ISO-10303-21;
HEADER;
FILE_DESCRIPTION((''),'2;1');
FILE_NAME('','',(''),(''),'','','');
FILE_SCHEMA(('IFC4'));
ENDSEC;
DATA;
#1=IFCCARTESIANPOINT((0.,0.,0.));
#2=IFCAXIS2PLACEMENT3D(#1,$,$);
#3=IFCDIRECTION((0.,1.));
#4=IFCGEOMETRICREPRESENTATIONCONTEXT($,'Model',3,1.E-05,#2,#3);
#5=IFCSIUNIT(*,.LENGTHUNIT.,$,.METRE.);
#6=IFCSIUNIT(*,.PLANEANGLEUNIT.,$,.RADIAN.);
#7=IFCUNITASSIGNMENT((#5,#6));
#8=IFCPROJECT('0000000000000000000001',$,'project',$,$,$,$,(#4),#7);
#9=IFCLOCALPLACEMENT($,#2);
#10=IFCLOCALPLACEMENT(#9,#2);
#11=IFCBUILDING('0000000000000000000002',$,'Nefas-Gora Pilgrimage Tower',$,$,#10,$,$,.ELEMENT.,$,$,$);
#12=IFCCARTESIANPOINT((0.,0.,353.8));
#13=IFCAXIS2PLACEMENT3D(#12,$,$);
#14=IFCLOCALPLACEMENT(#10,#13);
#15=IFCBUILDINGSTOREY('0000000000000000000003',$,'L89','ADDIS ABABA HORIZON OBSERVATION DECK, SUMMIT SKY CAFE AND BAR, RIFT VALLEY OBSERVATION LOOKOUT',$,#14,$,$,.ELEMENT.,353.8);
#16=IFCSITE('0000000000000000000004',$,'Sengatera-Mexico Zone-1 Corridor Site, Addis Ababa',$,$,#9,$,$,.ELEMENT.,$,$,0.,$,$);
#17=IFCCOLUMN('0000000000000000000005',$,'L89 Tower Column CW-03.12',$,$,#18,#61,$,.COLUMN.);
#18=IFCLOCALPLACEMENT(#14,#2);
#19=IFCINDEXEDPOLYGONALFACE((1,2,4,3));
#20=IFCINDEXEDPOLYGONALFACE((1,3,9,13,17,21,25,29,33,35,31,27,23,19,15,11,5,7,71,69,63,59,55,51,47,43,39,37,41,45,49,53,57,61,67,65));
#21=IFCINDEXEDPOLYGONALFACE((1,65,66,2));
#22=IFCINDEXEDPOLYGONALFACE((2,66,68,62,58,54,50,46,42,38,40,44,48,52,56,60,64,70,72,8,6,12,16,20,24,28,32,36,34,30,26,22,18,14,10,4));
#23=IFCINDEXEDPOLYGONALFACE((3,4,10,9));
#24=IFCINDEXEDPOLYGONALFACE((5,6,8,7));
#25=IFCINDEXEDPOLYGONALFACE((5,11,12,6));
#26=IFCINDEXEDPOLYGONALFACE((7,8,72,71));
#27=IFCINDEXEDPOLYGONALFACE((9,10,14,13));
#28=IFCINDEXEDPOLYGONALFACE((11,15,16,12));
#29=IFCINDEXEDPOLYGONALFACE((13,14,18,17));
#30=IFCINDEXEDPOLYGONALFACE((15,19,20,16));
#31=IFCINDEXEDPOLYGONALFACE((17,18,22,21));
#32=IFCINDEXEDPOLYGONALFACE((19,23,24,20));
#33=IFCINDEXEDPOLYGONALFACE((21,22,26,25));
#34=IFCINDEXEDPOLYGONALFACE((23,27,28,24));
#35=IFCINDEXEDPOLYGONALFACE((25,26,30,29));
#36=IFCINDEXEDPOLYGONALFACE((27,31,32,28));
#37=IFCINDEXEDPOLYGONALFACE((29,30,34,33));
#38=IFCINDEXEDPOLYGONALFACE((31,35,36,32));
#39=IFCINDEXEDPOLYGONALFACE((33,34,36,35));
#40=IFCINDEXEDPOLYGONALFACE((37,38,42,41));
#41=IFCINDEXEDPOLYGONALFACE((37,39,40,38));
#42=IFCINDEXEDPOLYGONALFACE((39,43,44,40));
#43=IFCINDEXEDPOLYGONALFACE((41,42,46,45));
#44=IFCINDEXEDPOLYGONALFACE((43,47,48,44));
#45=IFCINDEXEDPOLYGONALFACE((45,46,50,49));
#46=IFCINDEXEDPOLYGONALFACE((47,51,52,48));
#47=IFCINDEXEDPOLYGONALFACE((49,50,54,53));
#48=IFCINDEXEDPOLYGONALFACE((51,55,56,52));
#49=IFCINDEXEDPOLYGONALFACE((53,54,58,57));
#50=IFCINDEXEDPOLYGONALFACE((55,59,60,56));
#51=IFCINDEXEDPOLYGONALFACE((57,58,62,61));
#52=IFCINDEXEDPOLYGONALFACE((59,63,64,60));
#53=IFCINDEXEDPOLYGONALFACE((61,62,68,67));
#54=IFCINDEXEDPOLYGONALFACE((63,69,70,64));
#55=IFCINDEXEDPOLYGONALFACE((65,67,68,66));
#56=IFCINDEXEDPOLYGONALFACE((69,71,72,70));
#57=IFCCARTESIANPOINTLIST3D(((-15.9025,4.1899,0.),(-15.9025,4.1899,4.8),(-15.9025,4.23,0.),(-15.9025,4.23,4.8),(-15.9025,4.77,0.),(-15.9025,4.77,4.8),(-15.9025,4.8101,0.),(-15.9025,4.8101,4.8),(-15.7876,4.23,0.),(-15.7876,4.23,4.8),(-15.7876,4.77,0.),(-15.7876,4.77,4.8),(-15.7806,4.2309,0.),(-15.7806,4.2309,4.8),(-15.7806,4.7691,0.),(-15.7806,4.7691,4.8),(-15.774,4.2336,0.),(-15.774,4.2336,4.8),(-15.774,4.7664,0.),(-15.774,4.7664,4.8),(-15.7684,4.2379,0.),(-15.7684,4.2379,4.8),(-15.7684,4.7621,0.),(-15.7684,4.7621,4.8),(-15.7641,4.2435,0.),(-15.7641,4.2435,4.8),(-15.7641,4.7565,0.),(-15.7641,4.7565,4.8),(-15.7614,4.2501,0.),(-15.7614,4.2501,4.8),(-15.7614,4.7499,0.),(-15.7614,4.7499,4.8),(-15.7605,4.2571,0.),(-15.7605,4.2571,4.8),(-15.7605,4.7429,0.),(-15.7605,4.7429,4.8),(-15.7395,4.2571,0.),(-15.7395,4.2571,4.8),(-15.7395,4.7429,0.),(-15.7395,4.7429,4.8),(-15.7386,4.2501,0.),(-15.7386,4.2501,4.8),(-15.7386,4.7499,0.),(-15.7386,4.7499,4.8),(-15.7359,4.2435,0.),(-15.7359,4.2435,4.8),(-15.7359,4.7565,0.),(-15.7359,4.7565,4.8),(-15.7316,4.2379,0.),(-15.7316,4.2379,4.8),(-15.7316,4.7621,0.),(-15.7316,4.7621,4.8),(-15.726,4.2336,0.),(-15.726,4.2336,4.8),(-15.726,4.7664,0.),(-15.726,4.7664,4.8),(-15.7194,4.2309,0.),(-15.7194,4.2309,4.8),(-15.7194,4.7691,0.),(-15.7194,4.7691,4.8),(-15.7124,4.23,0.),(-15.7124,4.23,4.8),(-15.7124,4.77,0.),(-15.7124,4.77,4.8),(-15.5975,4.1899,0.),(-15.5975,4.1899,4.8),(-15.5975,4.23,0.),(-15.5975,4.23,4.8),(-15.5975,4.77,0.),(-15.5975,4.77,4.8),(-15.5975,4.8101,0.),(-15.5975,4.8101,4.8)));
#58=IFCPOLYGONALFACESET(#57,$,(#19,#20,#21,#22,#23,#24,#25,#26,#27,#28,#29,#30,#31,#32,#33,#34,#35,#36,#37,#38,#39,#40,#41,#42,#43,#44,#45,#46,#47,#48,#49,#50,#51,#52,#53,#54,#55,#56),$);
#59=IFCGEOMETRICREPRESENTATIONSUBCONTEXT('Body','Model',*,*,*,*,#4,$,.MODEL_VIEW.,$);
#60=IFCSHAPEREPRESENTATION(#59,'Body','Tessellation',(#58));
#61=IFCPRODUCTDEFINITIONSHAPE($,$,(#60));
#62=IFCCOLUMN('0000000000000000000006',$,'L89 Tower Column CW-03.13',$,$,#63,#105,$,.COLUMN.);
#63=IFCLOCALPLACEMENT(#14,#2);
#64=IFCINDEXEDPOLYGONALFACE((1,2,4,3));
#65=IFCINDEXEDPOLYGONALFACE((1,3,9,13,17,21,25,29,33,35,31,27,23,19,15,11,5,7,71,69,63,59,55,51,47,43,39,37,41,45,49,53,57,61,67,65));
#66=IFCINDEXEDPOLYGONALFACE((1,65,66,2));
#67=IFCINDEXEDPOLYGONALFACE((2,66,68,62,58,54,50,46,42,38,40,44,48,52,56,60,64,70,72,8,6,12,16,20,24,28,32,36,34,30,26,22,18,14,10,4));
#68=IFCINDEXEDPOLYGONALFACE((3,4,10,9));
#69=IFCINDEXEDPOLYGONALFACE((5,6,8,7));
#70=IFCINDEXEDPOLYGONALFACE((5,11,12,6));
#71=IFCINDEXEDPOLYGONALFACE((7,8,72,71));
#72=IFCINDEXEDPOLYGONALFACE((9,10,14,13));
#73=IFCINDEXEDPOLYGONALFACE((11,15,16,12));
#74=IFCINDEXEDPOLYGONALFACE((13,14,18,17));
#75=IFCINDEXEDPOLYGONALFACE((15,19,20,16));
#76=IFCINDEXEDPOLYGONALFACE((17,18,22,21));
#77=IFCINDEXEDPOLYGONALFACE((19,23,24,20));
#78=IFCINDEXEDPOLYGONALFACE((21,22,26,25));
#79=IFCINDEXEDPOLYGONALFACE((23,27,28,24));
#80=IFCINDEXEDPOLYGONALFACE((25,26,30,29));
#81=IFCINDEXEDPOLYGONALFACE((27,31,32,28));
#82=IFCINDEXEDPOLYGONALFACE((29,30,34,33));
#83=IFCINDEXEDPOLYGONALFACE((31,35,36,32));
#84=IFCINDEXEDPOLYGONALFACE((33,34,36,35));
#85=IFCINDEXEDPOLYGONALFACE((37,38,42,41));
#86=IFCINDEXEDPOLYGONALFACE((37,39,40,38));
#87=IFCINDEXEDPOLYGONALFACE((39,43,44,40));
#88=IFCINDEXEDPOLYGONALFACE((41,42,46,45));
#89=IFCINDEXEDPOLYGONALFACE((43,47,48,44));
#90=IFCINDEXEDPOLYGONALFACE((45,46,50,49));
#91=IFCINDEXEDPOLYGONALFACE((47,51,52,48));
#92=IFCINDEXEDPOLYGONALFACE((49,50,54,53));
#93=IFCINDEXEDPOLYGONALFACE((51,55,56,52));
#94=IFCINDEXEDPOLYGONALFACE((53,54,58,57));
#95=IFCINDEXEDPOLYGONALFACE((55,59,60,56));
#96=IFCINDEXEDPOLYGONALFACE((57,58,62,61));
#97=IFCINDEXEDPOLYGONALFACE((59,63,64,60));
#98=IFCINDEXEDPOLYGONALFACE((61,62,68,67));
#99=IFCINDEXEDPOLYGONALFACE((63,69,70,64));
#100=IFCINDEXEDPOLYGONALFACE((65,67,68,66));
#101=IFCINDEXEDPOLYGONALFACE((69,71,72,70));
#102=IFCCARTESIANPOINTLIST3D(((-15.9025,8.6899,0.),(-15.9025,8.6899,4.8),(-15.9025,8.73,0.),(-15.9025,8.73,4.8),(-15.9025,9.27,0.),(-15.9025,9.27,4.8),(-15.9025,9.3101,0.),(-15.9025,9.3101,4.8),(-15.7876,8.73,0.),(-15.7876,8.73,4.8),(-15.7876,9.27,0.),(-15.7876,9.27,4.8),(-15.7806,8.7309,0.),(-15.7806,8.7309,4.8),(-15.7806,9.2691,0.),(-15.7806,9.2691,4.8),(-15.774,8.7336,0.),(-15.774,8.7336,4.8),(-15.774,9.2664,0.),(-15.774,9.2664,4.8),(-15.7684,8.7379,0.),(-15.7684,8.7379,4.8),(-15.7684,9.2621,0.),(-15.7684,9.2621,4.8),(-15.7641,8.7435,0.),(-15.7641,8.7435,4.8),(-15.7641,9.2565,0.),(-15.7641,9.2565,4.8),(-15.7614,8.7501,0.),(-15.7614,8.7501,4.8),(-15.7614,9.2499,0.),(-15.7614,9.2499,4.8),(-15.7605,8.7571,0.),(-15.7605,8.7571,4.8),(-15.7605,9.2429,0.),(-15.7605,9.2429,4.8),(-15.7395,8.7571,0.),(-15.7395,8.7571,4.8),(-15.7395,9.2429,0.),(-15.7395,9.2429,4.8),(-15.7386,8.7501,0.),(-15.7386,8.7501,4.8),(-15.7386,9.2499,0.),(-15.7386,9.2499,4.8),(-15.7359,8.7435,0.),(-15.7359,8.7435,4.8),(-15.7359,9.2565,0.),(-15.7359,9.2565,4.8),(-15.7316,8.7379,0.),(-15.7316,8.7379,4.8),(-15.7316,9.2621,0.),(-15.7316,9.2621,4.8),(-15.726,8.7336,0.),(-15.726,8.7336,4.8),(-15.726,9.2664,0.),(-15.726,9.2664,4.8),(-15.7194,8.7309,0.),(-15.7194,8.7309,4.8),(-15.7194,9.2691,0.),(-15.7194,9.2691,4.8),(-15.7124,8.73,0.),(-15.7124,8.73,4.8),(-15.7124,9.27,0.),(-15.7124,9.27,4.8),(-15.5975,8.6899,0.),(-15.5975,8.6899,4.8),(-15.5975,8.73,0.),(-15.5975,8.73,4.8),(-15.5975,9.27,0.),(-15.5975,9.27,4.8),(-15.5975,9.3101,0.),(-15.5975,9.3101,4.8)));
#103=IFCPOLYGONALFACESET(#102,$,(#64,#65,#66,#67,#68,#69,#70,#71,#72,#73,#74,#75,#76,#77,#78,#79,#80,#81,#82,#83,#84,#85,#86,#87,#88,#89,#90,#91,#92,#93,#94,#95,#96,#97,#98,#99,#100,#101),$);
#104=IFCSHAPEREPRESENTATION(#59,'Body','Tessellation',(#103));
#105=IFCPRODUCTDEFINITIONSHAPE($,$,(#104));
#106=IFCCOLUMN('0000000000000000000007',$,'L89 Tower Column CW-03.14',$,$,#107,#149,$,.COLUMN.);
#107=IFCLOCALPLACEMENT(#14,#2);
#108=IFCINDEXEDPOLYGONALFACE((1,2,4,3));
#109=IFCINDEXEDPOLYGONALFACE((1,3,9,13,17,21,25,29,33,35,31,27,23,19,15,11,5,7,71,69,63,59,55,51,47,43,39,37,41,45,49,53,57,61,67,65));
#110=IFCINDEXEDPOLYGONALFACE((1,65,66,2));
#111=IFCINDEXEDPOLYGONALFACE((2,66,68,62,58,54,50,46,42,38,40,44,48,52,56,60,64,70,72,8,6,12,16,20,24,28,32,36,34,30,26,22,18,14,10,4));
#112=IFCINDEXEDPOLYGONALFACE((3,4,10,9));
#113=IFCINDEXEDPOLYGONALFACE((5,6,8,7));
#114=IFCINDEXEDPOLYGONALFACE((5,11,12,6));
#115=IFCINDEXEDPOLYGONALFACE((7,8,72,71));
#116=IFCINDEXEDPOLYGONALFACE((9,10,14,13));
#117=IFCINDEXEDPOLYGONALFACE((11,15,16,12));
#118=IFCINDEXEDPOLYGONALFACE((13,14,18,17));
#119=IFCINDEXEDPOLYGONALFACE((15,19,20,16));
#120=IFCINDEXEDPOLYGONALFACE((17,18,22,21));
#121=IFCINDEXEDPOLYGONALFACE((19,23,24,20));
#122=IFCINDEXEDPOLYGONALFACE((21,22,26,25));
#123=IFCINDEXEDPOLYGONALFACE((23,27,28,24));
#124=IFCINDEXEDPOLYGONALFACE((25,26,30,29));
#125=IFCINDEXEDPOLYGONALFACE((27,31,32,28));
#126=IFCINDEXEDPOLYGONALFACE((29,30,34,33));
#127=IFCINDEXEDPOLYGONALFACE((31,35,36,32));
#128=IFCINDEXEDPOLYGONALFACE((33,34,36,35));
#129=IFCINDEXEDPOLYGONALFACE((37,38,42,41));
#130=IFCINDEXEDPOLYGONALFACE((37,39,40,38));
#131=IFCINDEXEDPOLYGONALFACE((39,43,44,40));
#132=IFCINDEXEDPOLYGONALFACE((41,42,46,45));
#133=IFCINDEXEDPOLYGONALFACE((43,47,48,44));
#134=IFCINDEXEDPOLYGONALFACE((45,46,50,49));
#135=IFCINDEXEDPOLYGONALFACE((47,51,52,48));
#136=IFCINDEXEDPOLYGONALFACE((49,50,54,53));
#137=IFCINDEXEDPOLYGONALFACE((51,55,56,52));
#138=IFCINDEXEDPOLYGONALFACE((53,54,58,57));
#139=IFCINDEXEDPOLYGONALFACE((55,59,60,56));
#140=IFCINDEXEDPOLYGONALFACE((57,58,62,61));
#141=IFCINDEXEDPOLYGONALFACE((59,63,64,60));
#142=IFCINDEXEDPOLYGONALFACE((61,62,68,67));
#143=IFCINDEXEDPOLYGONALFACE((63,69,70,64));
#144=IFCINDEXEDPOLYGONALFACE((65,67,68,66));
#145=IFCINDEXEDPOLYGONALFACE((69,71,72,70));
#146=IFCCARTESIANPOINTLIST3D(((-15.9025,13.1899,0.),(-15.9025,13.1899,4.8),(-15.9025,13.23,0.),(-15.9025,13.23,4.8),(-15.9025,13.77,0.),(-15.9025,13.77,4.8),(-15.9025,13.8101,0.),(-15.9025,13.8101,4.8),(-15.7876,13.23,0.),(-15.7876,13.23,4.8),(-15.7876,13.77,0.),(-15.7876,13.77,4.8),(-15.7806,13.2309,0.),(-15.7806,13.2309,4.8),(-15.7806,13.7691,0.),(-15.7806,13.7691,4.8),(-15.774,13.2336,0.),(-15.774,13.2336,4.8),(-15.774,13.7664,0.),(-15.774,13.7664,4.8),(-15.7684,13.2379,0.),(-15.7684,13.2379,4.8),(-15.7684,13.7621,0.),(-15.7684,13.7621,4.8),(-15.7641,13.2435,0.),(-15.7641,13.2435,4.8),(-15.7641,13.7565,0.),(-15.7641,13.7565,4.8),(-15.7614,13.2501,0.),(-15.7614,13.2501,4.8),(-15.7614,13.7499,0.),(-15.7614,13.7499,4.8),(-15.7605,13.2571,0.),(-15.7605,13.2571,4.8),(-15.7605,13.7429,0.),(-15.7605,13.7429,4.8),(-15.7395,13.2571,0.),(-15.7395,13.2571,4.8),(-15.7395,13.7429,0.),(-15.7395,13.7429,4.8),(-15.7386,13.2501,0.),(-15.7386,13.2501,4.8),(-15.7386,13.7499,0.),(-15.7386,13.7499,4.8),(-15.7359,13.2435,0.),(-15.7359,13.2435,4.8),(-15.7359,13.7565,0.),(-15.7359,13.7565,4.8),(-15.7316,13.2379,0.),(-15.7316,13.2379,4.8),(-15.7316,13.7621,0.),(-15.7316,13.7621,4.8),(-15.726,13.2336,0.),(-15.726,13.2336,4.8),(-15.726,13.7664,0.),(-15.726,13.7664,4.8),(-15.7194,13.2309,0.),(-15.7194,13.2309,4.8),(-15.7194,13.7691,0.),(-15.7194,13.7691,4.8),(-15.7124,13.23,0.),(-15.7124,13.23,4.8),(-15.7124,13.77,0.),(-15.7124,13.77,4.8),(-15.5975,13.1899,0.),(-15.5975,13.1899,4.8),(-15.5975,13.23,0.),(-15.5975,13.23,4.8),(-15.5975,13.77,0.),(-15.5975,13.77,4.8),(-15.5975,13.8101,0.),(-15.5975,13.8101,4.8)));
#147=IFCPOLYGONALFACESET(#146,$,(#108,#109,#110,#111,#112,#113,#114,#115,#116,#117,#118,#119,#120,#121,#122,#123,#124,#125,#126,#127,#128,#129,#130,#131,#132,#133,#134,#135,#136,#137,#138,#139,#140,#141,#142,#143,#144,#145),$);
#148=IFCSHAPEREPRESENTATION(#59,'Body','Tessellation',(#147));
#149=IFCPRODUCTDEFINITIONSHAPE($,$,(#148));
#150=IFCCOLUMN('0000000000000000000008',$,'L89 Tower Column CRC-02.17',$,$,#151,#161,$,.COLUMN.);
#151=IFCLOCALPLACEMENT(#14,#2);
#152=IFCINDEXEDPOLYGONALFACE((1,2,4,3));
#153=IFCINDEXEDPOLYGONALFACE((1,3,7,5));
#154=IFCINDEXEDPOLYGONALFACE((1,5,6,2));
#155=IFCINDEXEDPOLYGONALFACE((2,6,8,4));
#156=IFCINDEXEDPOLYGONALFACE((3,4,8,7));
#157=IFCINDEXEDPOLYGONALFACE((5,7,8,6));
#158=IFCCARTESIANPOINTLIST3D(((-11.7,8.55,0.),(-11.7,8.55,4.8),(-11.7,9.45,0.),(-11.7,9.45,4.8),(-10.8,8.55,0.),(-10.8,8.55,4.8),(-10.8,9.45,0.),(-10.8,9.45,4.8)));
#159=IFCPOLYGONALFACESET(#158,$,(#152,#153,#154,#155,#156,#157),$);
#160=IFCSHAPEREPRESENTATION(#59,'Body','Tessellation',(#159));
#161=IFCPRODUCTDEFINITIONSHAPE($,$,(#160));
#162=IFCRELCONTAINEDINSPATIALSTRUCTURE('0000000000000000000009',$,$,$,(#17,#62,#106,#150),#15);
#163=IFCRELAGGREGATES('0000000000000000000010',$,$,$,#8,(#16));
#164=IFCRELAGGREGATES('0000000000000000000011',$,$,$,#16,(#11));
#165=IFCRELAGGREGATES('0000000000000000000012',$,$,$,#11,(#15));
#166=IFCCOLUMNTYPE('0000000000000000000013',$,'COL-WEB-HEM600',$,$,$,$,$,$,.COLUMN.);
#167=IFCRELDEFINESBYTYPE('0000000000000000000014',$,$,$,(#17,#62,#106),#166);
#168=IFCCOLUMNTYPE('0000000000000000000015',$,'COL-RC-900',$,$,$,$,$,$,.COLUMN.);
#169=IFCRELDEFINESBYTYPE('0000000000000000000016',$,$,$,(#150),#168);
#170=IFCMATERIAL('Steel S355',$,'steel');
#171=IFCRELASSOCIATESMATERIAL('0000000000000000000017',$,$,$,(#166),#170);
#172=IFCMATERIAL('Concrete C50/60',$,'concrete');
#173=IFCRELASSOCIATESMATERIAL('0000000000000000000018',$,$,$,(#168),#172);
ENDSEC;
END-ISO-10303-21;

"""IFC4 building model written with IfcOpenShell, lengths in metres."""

from ifc_helpers import new_model, si_unit, direction, frame, origin, origin_2d, place, context, subcontext, project, spatial, rectangle, i_section, extrude, source, transform, mapped, material, material_profile, profile_set, type_object, element, save


model = new_model("IFC4")

# Units and contexts
model_context = context("Model", 3, precision=1e-05, world=origin(), true_north=direction((0.0, 1.0)))
body_context = subcontext(model_context, "Body", "Model", "MODEL_VIEW")
ifc_project = project(units=[si_unit("LENGTHUNIT", "METRE"), si_unit("PLANEANGLEUNIT", "RADIAN")], contexts=[model_context])

# Site, building, storey
site_placement = place(None, origin())
site = spatial("IfcSite", under=ifc_project, at=site_placement, Name="Sengatera-Mexico Zone-1 Corridor Site, Addis Ababa", CompositionType="ELEMENT", RefElevation=0.0)
building_placement = place(site_placement, origin())
building = spatial("IfcBuilding", under=site, at=building_placement, Name="Nefas-Gora Pilgrimage Tower", CompositionType="ELEMENT")
storey_placement = place(building_placement, frame((0.0, 0.0, 353.8)))
storey = spatial("IfcBuildingStorey", under=building, at=storey_placement, Name="L89", Description="ADDIS ABABA HORIZON OBSERVATION DECK, SUMMIT SKY CAFE AND BAR, RIFT VALLEY OBSERVATION LOOKOUT", CompositionType="ELEMENT", Elevation=353.8)

# Columns
ifc_material_1 = material(Name="Steel S355", Category="steel")
ifc_material_profile_1 = material_profile(ifc_material_1, i_section(OverallWidth=0.3049, OverallDepth=0.6201, WebThickness=0.021, FlangeThickness=0.04, FilletRadius=0.0271, at=origin_2d()), Name="HEM 600")
ifc_profile_set_1 = profile_set([ifc_material_profile_1], Name="Steel S355")
column_type_1 = type_object("IfcColumnType", Name="COL-WEB-HEM600", PredefinedType="COLUMN", material=ifc_profile_set_1)
shared_shape_1 = source(origin(), body_context, "Body", "SweptSolid", [
    extrude(i_section(OverallWidth=0.3049, OverallDepth=0.6201, WebThickness=0.021, FlangeThickness=0.04, FilletRadius=0.0271, at=origin_2d()), origin(), (0.0, 0.0, 1.0), 4.8),
])
for number, where, z_axis, x_axis, name in (
    (1, (-15.75, 4.5, 0.0), (0.0, 0.0, 1.0), (1.0, 0.0, 0.0), "L89 Tower Column CW-03.12"),
    (2, (-15.75, 9.0, 0.0), (0.0, 0.0, 1.0), (1.0, 0.0, 0.0), "L89 Tower Column CW-03.13"),
    (3, (-15.75, 13.5, 0.0), (0.0, 0.0, 1.0), (1.0, 0.0, 0.0), "L89 Tower Column CW-03.14"),
):
    element("IfcColumn", number, at=place(storey_placement, frame(where, z_axis=z_axis, x_axis=x_axis)), inside=storey, type_object=column_type_1, Name=name, PredefinedType="COLUMN", context=body_context, shape_type="MappedRepresentation", body=[
        mapped(shared_shape_1, transform((0.0, 0.0, 0.0), x_axis=(1.0, 0.0, 0.0), y_axis=(0.0, 1.0, 0.0), z_axis=(0.0, 0.0, 1.0), scale=1.0)),
    ])
ifc_material_2 = material(Name="Concrete C50/60", Category="concrete")
ifc_material_profile_2 = material_profile(ifc_material_2, rectangle(XDim=0.8999, YDim=0.8999, at=origin_2d()), Name="RC 900x900")
ifc_profile_set_2 = profile_set([ifc_material_profile_2], Name="Concrete C50/60")
column_type_2 = type_object("IfcColumnType", Name="COL-RC-900", PredefinedType="COLUMN", material=ifc_profile_set_2)
shared_shape_2 = source(origin(), body_context, "Body", "SweptSolid", [
    extrude(rectangle(XDim=0.8999, YDim=0.8999, at=origin_2d()), origin(), (0.0, 0.0, 1.0), 4.8),
])
column_placement = place(storey_placement, frame((-11.25, 9.0, 0.0), z_axis=(0.0, 0.0, 1.0), x_axis=(1.0, 0.0, 0.0)))
element("IfcColumn", 4, at=column_placement, inside=storey, type_object=column_type_2, Name="L89 Tower Column CRC-02.17", PredefinedType="COLUMN", context=body_context, shape_type="MappedRepresentation", body=[
    mapped(shared_shape_2, transform((0.0, 0.0, 0.0), x_axis=(1.0, 0.0, 0.0), y_axis=(0.0, 1.0, 0.0), z_axis=(0.0, 0.0, 1.0), scale=1.0)),
])

save(model, "model.ifc")
